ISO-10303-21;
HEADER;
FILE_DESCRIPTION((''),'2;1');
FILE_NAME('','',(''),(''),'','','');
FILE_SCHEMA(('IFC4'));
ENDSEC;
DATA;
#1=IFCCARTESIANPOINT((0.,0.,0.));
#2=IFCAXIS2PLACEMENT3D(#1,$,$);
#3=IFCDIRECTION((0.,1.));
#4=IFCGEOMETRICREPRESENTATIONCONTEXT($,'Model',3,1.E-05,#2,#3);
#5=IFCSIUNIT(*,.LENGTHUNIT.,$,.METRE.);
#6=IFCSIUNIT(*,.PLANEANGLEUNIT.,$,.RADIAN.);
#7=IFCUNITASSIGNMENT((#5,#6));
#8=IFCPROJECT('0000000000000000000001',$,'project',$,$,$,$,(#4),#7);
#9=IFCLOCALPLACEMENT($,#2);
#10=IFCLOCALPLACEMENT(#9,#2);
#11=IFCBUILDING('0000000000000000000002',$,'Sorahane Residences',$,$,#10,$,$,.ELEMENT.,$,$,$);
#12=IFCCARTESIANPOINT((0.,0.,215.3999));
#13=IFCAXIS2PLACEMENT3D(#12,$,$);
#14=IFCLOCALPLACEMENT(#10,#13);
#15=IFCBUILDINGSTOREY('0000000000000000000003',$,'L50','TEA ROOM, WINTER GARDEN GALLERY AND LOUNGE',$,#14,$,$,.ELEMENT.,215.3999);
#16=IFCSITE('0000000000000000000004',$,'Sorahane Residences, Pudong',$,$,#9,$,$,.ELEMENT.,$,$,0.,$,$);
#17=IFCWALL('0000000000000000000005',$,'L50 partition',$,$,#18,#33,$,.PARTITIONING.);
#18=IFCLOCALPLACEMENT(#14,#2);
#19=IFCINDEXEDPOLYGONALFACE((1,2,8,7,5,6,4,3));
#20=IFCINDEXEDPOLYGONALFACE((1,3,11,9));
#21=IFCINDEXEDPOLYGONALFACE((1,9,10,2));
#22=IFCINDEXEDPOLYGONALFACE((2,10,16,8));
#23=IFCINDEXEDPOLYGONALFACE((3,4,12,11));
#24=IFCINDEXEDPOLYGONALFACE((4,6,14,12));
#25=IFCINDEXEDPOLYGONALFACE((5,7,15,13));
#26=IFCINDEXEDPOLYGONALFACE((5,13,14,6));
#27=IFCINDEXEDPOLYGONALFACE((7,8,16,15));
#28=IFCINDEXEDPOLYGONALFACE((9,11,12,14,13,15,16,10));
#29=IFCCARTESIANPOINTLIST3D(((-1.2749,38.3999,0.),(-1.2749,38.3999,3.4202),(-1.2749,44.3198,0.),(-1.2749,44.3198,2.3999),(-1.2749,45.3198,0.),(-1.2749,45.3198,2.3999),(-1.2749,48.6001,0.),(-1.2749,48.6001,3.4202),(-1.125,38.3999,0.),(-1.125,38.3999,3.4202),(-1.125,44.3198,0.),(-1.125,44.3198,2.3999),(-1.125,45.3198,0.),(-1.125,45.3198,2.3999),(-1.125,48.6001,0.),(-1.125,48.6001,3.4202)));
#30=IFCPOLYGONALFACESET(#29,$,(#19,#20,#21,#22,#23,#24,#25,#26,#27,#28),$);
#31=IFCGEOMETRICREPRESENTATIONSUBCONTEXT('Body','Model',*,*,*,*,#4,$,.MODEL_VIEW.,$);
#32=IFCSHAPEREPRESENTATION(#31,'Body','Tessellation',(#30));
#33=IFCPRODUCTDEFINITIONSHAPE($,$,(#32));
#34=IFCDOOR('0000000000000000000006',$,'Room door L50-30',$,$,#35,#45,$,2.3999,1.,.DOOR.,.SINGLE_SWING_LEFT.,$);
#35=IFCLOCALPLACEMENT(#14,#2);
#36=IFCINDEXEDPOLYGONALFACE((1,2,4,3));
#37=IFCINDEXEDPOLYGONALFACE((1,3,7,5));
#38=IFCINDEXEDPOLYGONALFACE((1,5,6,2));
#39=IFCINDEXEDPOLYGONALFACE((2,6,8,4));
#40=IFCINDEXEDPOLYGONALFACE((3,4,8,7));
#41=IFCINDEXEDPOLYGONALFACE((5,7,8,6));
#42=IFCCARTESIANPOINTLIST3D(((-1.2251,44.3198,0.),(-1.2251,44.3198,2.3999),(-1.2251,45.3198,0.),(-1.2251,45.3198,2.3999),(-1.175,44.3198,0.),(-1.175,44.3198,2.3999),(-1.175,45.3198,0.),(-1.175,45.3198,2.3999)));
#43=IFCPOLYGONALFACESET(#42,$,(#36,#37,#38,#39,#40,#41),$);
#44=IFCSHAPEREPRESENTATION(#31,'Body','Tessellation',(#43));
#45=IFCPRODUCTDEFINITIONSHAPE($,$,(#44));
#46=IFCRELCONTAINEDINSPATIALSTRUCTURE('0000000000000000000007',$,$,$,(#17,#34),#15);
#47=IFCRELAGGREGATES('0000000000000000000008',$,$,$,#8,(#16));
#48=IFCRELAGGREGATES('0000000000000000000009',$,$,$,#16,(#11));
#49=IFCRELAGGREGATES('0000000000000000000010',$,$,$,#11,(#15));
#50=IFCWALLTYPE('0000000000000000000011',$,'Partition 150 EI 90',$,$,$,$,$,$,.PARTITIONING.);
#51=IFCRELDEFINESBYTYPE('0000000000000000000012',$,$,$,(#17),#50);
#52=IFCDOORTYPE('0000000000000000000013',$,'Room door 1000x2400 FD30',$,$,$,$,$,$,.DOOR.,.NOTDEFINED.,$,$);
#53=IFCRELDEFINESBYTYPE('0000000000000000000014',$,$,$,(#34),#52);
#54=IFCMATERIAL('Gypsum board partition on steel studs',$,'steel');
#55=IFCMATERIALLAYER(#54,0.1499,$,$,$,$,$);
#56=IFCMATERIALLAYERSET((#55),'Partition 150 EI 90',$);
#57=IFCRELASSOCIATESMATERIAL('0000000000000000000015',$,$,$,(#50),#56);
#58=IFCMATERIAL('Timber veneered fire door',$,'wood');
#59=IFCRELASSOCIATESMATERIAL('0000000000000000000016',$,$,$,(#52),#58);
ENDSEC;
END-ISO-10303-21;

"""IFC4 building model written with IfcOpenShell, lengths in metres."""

from ifc_helpers import new_model, si_unit, direction, frame, frame_2d, origin, place, context, subcontext, project, spatial, rectangle, extrude, material, layer, layer_set, type_object, element, fill, save


model = new_model("IFC4")

# Units and contexts
model_context = context("Model", 3, precision=1e-05, world=origin(), true_north=direction((0.0, 1.0)))
body_context = subcontext(model_context, "Body", "Model", "MODEL_VIEW")
ifc_project = project(units=[si_unit("LENGTHUNIT", "METRE"), si_unit("PLANEANGLEUNIT", "RADIAN")], contexts=[model_context])

# Site, building, storey
site_placement = place(None, origin())
site = spatial("IfcSite", under=ifc_project, at=site_placement, Name="Sorahane Residences, Pudong", CompositionType="ELEMENT", RefElevation=0.0)
building_placement = place(site_placement, origin())
building = spatial("IfcBuilding", under=site, at=building_placement, Name="Sorahane Residences", CompositionType="ELEMENT")
storey_placement = place(building_placement, frame((0.0, 0.0, 215.3999)))
storey = spatial("IfcBuildingStorey", under=building, at=storey_placement, Name="L50", Description="TEA ROOM, WINTER GARDEN GALLERY AND LOUNGE", CompositionType="ELEMENT", Elevation=215.3999)

# Wall, opening, door
ifc_material_1 = material(Name="Gypsum board partition on steel studs", Category="steel")
ifc_layer_1 = layer(ifc_material_1, 0.1499)
ifc_layer_set_1 = layer_set([ifc_layer_1], Name="Partition 150 EI 90")
wall_type_1 = type_object("IfcWallType", Name="Partition 150 EI 90", PredefinedType="PARTITIONING", material=ifc_layer_set_1)
wall_1_placement = place(storey_placement, frame((-1.2, 38.3999, 0.0), z_axis=(0.0, 0.0, 1.0), x_axis=(0.0, 1.0, 0.0)))
wall_1 = element("IfcWall", 1, at=wall_1_placement, inside=storey, type_object=wall_type_1, Name="L50 partition", PredefinedType="PARTITIONING", context=body_context, shape_type="SweptSolid", body=[
    extrude(rectangle(XDim=10.2002, YDim=0.1499, at=frame_2d((5.1001, 0.0))), origin(), (0.0, 0.0, 1.0), 3.4202),
])
opening_placement = place(wall_1_placement, frame((5.9199, 0.0, 0.0)))
opening = element("IfcOpeningElement", 2, at=opening_placement, cuts=wall_1, PredefinedType="OPENING", context=body_context, shape_type="SweptSolid", body=[
    extrude(rectangle(XDim=1.0, YDim=2.3999, at=frame_2d((0.5, 1.2))), frame((0.0, 0.085, 0.0), z_axis=(0.0, -1.0, 0.0), x_axis=(1.0, 0.0, 0.0)), (0.0, 0.0, 1.0), 0.1699),
])
ifc_material_2 = material(Name="Timber veneered fire door", Category="wood")
door_type = type_object("IfcDoorType", Name="Room door 1000x2400 FD30", OperationType="NOTDEFINED", PredefinedType="DOOR", material=ifc_material_2)
door_placement = place(opening_placement, frame((1.0, 0.0, 0.0), z_axis=(0.0, 0.0, 1.0), x_axis=(-1.0, 0.0, 0.0)))
door = element("IfcDoor", 3, at=door_placement, inside=storey, type_object=door_type, Name="Room door L50-30", OperationType="SINGLE_SWING_LEFT", OverallHeight=2.3999, OverallWidth=1.0, PredefinedType="DOOR", context=body_context, shape_type="SweptSolid", body=[
    extrude(rectangle(XDim=1.0, YDim=2.3999, at=frame_2d((0.5, 1.2))), frame((0.0, 0.0249, 0.0), z_axis=(0.0, -1.0, 0.0), x_axis=(1.0, 0.0, 0.0)), (0.0, 0.0, 1.0), 0.05),
])
fill(opening, door)

save(model, "model.ifc")
